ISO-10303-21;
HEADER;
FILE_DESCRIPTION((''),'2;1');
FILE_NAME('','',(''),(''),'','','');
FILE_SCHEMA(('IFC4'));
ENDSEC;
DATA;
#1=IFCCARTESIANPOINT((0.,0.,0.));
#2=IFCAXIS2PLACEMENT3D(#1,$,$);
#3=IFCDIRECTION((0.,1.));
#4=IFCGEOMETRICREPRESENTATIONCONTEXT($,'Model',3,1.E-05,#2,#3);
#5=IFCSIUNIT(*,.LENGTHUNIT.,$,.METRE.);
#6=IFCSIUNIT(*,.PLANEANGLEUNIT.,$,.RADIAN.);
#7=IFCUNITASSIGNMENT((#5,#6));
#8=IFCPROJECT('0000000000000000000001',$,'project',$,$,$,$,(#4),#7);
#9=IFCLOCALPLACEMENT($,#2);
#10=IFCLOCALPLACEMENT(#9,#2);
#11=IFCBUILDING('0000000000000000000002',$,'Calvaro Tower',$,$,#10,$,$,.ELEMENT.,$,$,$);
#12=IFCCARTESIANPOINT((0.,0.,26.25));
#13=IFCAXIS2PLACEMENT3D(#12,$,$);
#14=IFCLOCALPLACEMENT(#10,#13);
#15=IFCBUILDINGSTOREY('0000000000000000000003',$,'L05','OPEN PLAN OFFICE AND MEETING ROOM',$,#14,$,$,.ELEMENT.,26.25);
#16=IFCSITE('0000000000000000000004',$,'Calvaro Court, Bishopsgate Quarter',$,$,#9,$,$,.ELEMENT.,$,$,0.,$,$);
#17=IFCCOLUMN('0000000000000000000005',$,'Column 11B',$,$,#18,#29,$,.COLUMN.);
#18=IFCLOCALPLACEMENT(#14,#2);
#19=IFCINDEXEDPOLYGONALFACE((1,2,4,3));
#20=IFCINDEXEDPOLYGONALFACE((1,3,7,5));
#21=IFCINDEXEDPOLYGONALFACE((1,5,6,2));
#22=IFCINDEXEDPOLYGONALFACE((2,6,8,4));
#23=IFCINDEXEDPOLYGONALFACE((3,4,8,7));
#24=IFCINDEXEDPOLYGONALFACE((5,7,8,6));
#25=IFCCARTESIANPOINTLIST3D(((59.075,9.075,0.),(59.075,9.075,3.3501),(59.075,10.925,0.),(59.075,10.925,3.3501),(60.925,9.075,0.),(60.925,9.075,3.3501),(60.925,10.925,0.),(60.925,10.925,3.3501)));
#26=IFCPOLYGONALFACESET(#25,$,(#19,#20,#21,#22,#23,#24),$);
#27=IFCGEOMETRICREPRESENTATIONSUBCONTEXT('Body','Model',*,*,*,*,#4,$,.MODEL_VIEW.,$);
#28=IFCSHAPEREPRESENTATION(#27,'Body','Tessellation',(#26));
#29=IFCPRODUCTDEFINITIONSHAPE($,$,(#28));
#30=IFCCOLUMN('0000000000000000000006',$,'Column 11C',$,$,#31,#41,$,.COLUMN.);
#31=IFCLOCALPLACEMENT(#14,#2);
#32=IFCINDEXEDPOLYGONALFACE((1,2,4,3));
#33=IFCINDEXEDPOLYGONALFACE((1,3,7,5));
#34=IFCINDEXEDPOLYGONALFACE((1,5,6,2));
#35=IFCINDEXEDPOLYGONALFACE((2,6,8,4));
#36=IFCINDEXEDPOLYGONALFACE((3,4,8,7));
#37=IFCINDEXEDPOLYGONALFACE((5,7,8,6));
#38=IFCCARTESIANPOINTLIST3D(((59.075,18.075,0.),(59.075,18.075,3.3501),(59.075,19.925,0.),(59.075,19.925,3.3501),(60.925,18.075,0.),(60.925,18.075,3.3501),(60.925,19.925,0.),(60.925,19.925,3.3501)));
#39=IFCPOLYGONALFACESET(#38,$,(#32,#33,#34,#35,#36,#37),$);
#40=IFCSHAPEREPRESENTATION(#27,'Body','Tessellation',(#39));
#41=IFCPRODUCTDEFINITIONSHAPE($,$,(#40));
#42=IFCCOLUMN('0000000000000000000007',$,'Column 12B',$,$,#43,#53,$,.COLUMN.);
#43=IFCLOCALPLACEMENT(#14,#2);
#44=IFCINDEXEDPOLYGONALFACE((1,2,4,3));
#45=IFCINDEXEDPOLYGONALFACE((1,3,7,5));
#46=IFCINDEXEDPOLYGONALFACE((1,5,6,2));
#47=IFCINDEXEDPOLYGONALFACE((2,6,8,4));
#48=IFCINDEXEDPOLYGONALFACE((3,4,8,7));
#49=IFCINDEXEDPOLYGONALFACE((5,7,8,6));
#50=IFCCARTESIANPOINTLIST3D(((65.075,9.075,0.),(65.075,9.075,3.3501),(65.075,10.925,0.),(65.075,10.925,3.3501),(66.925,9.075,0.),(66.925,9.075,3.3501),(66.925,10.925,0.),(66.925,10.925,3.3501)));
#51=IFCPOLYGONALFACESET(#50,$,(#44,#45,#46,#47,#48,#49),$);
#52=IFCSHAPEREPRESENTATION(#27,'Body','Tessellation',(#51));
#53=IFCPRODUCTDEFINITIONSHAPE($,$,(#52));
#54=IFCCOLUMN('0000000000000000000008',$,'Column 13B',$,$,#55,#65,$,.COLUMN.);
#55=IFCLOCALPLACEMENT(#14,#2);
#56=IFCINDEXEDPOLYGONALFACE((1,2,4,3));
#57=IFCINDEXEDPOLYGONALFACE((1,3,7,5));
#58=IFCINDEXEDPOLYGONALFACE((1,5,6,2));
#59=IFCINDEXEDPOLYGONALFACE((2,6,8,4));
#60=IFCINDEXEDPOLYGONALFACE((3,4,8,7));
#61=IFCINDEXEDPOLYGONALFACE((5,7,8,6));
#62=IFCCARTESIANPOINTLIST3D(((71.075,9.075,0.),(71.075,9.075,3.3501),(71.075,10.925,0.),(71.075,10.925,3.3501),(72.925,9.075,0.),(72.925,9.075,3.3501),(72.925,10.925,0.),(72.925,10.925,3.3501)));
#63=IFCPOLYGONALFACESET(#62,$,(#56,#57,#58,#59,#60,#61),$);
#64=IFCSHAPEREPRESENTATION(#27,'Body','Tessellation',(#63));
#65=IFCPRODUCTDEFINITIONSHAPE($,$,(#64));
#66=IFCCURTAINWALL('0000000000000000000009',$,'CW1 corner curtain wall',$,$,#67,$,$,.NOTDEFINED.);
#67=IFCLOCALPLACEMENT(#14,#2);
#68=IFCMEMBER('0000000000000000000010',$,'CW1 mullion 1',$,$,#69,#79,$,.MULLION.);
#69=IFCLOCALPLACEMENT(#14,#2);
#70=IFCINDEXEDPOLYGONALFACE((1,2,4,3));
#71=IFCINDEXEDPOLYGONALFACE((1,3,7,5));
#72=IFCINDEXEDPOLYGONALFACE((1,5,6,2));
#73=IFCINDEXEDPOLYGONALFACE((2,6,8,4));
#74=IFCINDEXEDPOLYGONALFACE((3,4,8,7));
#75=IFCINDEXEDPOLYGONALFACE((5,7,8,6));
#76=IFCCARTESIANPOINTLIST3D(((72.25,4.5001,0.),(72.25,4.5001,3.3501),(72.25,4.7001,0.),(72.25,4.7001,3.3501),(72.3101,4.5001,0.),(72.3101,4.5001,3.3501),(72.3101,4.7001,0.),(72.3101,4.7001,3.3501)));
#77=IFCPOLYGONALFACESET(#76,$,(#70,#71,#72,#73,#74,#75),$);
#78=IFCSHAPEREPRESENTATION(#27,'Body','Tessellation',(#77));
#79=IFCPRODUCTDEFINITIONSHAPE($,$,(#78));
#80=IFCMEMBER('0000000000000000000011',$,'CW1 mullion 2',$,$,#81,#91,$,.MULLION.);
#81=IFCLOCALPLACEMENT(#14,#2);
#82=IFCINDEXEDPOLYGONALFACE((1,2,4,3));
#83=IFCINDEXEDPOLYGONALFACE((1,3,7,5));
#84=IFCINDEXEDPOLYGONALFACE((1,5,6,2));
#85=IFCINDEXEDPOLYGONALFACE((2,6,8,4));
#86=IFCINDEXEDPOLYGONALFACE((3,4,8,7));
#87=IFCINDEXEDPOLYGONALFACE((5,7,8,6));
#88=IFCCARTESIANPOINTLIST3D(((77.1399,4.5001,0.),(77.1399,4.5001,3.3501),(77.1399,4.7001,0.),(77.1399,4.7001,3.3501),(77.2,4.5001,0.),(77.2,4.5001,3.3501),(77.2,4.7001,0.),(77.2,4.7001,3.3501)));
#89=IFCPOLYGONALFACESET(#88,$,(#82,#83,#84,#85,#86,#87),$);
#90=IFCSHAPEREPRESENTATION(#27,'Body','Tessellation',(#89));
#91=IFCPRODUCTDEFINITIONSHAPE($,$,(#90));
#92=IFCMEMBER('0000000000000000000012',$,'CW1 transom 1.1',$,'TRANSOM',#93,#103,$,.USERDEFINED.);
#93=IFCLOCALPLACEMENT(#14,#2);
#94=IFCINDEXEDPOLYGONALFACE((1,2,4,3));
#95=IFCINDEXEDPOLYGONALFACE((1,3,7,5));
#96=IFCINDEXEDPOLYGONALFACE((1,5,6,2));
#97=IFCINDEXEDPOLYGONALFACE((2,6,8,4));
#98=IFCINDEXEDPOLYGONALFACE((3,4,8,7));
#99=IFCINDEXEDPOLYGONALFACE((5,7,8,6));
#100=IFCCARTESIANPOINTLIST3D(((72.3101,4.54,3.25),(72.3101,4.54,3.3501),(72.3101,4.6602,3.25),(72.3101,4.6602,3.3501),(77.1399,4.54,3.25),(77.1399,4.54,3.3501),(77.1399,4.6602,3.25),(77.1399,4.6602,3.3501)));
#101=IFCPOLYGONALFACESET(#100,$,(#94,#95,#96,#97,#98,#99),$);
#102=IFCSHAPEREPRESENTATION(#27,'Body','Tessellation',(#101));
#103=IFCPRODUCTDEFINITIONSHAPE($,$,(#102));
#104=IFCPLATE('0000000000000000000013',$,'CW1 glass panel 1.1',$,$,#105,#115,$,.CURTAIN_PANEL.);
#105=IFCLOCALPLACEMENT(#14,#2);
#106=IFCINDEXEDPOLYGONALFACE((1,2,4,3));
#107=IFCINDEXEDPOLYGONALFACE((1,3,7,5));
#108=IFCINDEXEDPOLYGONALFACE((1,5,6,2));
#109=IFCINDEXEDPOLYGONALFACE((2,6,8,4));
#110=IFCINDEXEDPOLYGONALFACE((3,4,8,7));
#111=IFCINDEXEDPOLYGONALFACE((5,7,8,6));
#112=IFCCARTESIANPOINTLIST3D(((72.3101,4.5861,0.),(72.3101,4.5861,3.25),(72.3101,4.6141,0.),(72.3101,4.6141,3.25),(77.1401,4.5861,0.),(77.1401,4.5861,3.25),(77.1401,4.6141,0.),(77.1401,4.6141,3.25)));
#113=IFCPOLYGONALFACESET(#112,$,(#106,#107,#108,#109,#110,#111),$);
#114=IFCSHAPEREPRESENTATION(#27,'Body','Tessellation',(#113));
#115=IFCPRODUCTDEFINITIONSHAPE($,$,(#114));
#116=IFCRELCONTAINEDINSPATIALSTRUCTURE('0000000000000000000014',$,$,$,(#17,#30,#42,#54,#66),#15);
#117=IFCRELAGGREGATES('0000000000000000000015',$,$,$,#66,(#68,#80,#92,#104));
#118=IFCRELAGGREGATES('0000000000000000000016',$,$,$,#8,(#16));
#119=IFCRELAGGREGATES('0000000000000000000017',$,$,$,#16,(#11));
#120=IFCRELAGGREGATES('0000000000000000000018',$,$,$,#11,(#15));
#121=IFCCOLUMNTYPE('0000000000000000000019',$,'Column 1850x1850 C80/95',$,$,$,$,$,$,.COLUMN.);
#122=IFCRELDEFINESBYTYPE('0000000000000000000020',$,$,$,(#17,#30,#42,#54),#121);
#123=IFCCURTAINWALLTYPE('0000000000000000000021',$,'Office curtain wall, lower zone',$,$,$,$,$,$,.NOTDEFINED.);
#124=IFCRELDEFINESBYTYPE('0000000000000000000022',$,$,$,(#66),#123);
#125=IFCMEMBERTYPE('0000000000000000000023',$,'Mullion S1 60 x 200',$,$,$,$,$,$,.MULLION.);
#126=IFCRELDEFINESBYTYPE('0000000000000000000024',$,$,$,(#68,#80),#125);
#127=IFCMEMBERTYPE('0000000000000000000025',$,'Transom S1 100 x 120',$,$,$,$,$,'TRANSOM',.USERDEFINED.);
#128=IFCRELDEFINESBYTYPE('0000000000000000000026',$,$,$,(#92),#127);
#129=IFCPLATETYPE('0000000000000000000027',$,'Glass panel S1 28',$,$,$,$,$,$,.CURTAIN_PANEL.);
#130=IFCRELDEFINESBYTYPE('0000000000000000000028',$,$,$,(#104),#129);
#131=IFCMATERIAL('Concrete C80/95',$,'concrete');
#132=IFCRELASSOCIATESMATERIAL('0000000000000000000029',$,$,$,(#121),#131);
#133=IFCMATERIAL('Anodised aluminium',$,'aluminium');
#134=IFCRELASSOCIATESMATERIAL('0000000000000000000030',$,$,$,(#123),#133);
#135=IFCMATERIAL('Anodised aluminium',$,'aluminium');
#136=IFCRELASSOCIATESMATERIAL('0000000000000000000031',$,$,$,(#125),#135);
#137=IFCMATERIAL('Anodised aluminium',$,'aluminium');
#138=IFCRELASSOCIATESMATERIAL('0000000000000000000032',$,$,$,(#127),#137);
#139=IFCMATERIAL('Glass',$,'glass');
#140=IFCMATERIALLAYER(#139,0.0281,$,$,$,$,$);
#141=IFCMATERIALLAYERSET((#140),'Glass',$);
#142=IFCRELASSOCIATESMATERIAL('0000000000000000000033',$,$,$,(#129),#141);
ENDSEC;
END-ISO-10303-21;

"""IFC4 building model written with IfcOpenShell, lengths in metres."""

from ifc_helpers import new_model, si_unit, direction, frame, origin, origin_2d, place, context, subcontext, project, spatial, rectangle, extrude, material, layer, layer_set, material_profile, profile_set, type_object, element, aggregate, save


model = new_model("IFC4")

# Units and contexts
model_context = context("Model", 3, precision=1e-05, world=origin(), true_north=direction((0.0, 1.0)))
body_context = subcontext(model_context, "Body", "Model", "MODEL_VIEW")
ifc_project = project(units=[si_unit("LENGTHUNIT", "METRE"), si_unit("PLANEANGLEUNIT", "RADIAN")], contexts=[model_context])

# Site, building, storey
site_placement = place(None, origin())
site = spatial("IfcSite", under=ifc_project, at=site_placement, Name="Calvaro Court, Bishopsgate Quarter", CompositionType="ELEMENT", RefElevation=0.0)
building_placement = place(site_placement, origin())
building = spatial("IfcBuilding", under=site, at=building_placement, Name="Calvaro Tower", CompositionType="ELEMENT")
storey_placement = place(building_placement, frame((0.0, 0.0, 26.25)))
storey = spatial("IfcBuildingStorey", under=building, at=storey_placement, Name="L05", Description="OPEN PLAN OFFICE AND MEETING ROOM", CompositionType="ELEMENT", Elevation=26.25)

# Columns
ifc_material_1 = material(Name="Concrete C80/95", Category="concrete")
ifc_material_profile_1 = material_profile(ifc_material_1, rectangle(XDim=1.8501, YDim=1.8501, at=origin_2d()), Name="RC 1850x1850")
ifc_profile_set_1 = profile_set([ifc_material_profile_1], Name="Concrete C80/95")
column_type = type_object("IfcColumnType", Name="Column 1850x1850 C80/95", PredefinedType="COLUMN", material=ifc_profile_set_1)
for number, where, z_axis, x_axis, name in (
    (1, (60.0, 10.0, 0.0), (0.0, 0.0, 1.0), (1.0, 0.0, 0.0), "Column 11B"),
    (2, (60.0, 19.0, 0.0), (0.0, 0.0, 1.0), (1.0, 0.0, 0.0), "Column 11C"),
    (3, (66.0, 10.0, 0.0), (0.0, 0.0, 1.0), (1.0, 0.0, 0.0), "Column 12B"),
    (4, (72.0, 10.0, 0.0), (0.0, 0.0, 1.0), (1.0, 0.0, 0.0), "Column 13B"),
):
    element("IfcColumn", number, at=place(storey_placement, frame(where, z_axis=z_axis, x_axis=x_axis)), inside=storey, type_object=column_type, Name=name, PredefinedType="COLUMN", context=body_context, shape_type="SweptSolid", body=[
        extrude(rectangle(XDim=1.8501, YDim=1.8501, at=origin_2d()), origin(), (0.0, 0.0, 1.0), 3.3501),
    ])

# Curtain wall, members, plate
ifc_material_2 = material(Name="Anodised aluminium", Category="aluminium")
curtain_wall_type = type_object("IfcCurtainWallType", Name="Office curtain wall, lower zone", PredefinedType="NOTDEFINED", material=ifc_material_2)
curtain_wall_placement = place(storey_placement, origin())
curtain_wall = element("IfcCurtainWall", 5, at=curtain_wall_placement, inside=storey, type_object=curtain_wall_type, Name="CW1 corner curtain wall", PredefinedType="NOTDEFINED")
ifc_material_3 = material(Name="Anodised aluminium", Category="aluminium")
ifc_material_profile_2 = material_profile(ifc_material_3, rectangle(XDim=0.2, YDim=0.0601, at=origin_2d()), Name="Mullion S1 60 x 200")
ifc_profile_set_2 = profile_set([ifc_material_profile_2], Name="Anodised aluminium")
member_type_1 = type_object("IfcMemberType", Name="Mullion S1 60 x 200", PredefinedType="MULLION", material=ifc_profile_set_2)
member_1_placement = place(storey_placement, frame((72.28, 4.6001, 0.0), z_axis=(0.0, 0.0, 1.0), x_axis=(0.0, 1.0, 0.0)))
member_1 = element("IfcMember", 6, at=member_1_placement, type_object=member_type_1, Name="CW1 mullion 1", PredefinedType="MULLION", context=body_context, shape_type="SweptSolid", body=[
    extrude(rectangle(XDim=0.2, YDim=0.0601, at=origin_2d()), origin(), (0.0, 0.0, 1.0), 3.3501),
])
member_2_placement = place(storey_placement, frame((77.1699, 4.6001, 0.0), z_axis=(0.0, 0.0, 1.0), x_axis=(0.0, 1.0, 0.0)))
member_2 = element("IfcMember", 7, at=member_2_placement, type_object=member_type_1, Name="CW1 mullion 2", PredefinedType="MULLION", context=body_context, shape_type="SweptSolid", body=[
    extrude(rectangle(XDim=0.2, YDim=0.0601, at=origin_2d()), origin(), (0.0, 0.0, 1.0), 3.3501),
])
ifc_material_4 = material(Name="Anodised aluminium", Category="aluminium")
ifc_material_profile_3 = material_profile(ifc_material_4, rectangle(XDim=0.1201, YDim=0.1001, at=origin_2d()), Name="Transom S1 100 x 120")
ifc_profile_set_3 = profile_set([ifc_material_profile_3], Name="Anodised aluminium")
member_type_2 = type_object("IfcMemberType", Name="Transom S1 100 x 120", ElementType="TRANSOM", PredefinedType="USERDEFINED", material=ifc_profile_set_3)
member_3_placement = place(storey_placement, frame((72.3101, 4.6001, 3.3), z_axis=(1.0, 0.0, 0.0), x_axis=(0.0, 1.0, 0.0)))
member_3 = element("IfcMember", 8, at=member_3_placement, type_object=member_type_2, Name="CW1 transom 1.1", ObjectType="TRANSOM", PredefinedType="USERDEFINED", context=body_context, shape_type="SweptSolid", body=[
    extrude(rectangle(XDim=0.1201, YDim=0.1001, at=origin_2d()), origin(), (0.0, 0.0, 1.0), 4.8298),
])
ifc_material_5 = material(Name="Glass", Category="glass")
ifc_layer_1 = layer(ifc_material_5, 0.0281)
ifc_layer_set_1 = layer_set([ifc_layer_1], Name="Glass")
plate_type = type_object("IfcPlateType", Name="Glass panel S1 28", PredefinedType="CURTAIN_PANEL", material=ifc_layer_set_1)
plate_placement = place(storey_placement, frame((74.7251, 4.6001, 0.0), z_axis=(0.0, 0.0, 1.0), x_axis=(1.0, 0.0, 0.0)))
plate = element("IfcPlate", 9, at=plate_placement, type_object=plate_type, Name="CW1 glass panel 1.1", PredefinedType="CURTAIN_PANEL", context=body_context, shape_type="SweptSolid", body=[
    extrude(rectangle(XDim=4.8301, YDim=0.0281, at=origin_2d()), origin(), (0.0, 0.0, 1.0), 3.25),
])
aggregate(curtain_wall, [member_1, member_2, member_3, plate])

save(model, "model.ifc")
